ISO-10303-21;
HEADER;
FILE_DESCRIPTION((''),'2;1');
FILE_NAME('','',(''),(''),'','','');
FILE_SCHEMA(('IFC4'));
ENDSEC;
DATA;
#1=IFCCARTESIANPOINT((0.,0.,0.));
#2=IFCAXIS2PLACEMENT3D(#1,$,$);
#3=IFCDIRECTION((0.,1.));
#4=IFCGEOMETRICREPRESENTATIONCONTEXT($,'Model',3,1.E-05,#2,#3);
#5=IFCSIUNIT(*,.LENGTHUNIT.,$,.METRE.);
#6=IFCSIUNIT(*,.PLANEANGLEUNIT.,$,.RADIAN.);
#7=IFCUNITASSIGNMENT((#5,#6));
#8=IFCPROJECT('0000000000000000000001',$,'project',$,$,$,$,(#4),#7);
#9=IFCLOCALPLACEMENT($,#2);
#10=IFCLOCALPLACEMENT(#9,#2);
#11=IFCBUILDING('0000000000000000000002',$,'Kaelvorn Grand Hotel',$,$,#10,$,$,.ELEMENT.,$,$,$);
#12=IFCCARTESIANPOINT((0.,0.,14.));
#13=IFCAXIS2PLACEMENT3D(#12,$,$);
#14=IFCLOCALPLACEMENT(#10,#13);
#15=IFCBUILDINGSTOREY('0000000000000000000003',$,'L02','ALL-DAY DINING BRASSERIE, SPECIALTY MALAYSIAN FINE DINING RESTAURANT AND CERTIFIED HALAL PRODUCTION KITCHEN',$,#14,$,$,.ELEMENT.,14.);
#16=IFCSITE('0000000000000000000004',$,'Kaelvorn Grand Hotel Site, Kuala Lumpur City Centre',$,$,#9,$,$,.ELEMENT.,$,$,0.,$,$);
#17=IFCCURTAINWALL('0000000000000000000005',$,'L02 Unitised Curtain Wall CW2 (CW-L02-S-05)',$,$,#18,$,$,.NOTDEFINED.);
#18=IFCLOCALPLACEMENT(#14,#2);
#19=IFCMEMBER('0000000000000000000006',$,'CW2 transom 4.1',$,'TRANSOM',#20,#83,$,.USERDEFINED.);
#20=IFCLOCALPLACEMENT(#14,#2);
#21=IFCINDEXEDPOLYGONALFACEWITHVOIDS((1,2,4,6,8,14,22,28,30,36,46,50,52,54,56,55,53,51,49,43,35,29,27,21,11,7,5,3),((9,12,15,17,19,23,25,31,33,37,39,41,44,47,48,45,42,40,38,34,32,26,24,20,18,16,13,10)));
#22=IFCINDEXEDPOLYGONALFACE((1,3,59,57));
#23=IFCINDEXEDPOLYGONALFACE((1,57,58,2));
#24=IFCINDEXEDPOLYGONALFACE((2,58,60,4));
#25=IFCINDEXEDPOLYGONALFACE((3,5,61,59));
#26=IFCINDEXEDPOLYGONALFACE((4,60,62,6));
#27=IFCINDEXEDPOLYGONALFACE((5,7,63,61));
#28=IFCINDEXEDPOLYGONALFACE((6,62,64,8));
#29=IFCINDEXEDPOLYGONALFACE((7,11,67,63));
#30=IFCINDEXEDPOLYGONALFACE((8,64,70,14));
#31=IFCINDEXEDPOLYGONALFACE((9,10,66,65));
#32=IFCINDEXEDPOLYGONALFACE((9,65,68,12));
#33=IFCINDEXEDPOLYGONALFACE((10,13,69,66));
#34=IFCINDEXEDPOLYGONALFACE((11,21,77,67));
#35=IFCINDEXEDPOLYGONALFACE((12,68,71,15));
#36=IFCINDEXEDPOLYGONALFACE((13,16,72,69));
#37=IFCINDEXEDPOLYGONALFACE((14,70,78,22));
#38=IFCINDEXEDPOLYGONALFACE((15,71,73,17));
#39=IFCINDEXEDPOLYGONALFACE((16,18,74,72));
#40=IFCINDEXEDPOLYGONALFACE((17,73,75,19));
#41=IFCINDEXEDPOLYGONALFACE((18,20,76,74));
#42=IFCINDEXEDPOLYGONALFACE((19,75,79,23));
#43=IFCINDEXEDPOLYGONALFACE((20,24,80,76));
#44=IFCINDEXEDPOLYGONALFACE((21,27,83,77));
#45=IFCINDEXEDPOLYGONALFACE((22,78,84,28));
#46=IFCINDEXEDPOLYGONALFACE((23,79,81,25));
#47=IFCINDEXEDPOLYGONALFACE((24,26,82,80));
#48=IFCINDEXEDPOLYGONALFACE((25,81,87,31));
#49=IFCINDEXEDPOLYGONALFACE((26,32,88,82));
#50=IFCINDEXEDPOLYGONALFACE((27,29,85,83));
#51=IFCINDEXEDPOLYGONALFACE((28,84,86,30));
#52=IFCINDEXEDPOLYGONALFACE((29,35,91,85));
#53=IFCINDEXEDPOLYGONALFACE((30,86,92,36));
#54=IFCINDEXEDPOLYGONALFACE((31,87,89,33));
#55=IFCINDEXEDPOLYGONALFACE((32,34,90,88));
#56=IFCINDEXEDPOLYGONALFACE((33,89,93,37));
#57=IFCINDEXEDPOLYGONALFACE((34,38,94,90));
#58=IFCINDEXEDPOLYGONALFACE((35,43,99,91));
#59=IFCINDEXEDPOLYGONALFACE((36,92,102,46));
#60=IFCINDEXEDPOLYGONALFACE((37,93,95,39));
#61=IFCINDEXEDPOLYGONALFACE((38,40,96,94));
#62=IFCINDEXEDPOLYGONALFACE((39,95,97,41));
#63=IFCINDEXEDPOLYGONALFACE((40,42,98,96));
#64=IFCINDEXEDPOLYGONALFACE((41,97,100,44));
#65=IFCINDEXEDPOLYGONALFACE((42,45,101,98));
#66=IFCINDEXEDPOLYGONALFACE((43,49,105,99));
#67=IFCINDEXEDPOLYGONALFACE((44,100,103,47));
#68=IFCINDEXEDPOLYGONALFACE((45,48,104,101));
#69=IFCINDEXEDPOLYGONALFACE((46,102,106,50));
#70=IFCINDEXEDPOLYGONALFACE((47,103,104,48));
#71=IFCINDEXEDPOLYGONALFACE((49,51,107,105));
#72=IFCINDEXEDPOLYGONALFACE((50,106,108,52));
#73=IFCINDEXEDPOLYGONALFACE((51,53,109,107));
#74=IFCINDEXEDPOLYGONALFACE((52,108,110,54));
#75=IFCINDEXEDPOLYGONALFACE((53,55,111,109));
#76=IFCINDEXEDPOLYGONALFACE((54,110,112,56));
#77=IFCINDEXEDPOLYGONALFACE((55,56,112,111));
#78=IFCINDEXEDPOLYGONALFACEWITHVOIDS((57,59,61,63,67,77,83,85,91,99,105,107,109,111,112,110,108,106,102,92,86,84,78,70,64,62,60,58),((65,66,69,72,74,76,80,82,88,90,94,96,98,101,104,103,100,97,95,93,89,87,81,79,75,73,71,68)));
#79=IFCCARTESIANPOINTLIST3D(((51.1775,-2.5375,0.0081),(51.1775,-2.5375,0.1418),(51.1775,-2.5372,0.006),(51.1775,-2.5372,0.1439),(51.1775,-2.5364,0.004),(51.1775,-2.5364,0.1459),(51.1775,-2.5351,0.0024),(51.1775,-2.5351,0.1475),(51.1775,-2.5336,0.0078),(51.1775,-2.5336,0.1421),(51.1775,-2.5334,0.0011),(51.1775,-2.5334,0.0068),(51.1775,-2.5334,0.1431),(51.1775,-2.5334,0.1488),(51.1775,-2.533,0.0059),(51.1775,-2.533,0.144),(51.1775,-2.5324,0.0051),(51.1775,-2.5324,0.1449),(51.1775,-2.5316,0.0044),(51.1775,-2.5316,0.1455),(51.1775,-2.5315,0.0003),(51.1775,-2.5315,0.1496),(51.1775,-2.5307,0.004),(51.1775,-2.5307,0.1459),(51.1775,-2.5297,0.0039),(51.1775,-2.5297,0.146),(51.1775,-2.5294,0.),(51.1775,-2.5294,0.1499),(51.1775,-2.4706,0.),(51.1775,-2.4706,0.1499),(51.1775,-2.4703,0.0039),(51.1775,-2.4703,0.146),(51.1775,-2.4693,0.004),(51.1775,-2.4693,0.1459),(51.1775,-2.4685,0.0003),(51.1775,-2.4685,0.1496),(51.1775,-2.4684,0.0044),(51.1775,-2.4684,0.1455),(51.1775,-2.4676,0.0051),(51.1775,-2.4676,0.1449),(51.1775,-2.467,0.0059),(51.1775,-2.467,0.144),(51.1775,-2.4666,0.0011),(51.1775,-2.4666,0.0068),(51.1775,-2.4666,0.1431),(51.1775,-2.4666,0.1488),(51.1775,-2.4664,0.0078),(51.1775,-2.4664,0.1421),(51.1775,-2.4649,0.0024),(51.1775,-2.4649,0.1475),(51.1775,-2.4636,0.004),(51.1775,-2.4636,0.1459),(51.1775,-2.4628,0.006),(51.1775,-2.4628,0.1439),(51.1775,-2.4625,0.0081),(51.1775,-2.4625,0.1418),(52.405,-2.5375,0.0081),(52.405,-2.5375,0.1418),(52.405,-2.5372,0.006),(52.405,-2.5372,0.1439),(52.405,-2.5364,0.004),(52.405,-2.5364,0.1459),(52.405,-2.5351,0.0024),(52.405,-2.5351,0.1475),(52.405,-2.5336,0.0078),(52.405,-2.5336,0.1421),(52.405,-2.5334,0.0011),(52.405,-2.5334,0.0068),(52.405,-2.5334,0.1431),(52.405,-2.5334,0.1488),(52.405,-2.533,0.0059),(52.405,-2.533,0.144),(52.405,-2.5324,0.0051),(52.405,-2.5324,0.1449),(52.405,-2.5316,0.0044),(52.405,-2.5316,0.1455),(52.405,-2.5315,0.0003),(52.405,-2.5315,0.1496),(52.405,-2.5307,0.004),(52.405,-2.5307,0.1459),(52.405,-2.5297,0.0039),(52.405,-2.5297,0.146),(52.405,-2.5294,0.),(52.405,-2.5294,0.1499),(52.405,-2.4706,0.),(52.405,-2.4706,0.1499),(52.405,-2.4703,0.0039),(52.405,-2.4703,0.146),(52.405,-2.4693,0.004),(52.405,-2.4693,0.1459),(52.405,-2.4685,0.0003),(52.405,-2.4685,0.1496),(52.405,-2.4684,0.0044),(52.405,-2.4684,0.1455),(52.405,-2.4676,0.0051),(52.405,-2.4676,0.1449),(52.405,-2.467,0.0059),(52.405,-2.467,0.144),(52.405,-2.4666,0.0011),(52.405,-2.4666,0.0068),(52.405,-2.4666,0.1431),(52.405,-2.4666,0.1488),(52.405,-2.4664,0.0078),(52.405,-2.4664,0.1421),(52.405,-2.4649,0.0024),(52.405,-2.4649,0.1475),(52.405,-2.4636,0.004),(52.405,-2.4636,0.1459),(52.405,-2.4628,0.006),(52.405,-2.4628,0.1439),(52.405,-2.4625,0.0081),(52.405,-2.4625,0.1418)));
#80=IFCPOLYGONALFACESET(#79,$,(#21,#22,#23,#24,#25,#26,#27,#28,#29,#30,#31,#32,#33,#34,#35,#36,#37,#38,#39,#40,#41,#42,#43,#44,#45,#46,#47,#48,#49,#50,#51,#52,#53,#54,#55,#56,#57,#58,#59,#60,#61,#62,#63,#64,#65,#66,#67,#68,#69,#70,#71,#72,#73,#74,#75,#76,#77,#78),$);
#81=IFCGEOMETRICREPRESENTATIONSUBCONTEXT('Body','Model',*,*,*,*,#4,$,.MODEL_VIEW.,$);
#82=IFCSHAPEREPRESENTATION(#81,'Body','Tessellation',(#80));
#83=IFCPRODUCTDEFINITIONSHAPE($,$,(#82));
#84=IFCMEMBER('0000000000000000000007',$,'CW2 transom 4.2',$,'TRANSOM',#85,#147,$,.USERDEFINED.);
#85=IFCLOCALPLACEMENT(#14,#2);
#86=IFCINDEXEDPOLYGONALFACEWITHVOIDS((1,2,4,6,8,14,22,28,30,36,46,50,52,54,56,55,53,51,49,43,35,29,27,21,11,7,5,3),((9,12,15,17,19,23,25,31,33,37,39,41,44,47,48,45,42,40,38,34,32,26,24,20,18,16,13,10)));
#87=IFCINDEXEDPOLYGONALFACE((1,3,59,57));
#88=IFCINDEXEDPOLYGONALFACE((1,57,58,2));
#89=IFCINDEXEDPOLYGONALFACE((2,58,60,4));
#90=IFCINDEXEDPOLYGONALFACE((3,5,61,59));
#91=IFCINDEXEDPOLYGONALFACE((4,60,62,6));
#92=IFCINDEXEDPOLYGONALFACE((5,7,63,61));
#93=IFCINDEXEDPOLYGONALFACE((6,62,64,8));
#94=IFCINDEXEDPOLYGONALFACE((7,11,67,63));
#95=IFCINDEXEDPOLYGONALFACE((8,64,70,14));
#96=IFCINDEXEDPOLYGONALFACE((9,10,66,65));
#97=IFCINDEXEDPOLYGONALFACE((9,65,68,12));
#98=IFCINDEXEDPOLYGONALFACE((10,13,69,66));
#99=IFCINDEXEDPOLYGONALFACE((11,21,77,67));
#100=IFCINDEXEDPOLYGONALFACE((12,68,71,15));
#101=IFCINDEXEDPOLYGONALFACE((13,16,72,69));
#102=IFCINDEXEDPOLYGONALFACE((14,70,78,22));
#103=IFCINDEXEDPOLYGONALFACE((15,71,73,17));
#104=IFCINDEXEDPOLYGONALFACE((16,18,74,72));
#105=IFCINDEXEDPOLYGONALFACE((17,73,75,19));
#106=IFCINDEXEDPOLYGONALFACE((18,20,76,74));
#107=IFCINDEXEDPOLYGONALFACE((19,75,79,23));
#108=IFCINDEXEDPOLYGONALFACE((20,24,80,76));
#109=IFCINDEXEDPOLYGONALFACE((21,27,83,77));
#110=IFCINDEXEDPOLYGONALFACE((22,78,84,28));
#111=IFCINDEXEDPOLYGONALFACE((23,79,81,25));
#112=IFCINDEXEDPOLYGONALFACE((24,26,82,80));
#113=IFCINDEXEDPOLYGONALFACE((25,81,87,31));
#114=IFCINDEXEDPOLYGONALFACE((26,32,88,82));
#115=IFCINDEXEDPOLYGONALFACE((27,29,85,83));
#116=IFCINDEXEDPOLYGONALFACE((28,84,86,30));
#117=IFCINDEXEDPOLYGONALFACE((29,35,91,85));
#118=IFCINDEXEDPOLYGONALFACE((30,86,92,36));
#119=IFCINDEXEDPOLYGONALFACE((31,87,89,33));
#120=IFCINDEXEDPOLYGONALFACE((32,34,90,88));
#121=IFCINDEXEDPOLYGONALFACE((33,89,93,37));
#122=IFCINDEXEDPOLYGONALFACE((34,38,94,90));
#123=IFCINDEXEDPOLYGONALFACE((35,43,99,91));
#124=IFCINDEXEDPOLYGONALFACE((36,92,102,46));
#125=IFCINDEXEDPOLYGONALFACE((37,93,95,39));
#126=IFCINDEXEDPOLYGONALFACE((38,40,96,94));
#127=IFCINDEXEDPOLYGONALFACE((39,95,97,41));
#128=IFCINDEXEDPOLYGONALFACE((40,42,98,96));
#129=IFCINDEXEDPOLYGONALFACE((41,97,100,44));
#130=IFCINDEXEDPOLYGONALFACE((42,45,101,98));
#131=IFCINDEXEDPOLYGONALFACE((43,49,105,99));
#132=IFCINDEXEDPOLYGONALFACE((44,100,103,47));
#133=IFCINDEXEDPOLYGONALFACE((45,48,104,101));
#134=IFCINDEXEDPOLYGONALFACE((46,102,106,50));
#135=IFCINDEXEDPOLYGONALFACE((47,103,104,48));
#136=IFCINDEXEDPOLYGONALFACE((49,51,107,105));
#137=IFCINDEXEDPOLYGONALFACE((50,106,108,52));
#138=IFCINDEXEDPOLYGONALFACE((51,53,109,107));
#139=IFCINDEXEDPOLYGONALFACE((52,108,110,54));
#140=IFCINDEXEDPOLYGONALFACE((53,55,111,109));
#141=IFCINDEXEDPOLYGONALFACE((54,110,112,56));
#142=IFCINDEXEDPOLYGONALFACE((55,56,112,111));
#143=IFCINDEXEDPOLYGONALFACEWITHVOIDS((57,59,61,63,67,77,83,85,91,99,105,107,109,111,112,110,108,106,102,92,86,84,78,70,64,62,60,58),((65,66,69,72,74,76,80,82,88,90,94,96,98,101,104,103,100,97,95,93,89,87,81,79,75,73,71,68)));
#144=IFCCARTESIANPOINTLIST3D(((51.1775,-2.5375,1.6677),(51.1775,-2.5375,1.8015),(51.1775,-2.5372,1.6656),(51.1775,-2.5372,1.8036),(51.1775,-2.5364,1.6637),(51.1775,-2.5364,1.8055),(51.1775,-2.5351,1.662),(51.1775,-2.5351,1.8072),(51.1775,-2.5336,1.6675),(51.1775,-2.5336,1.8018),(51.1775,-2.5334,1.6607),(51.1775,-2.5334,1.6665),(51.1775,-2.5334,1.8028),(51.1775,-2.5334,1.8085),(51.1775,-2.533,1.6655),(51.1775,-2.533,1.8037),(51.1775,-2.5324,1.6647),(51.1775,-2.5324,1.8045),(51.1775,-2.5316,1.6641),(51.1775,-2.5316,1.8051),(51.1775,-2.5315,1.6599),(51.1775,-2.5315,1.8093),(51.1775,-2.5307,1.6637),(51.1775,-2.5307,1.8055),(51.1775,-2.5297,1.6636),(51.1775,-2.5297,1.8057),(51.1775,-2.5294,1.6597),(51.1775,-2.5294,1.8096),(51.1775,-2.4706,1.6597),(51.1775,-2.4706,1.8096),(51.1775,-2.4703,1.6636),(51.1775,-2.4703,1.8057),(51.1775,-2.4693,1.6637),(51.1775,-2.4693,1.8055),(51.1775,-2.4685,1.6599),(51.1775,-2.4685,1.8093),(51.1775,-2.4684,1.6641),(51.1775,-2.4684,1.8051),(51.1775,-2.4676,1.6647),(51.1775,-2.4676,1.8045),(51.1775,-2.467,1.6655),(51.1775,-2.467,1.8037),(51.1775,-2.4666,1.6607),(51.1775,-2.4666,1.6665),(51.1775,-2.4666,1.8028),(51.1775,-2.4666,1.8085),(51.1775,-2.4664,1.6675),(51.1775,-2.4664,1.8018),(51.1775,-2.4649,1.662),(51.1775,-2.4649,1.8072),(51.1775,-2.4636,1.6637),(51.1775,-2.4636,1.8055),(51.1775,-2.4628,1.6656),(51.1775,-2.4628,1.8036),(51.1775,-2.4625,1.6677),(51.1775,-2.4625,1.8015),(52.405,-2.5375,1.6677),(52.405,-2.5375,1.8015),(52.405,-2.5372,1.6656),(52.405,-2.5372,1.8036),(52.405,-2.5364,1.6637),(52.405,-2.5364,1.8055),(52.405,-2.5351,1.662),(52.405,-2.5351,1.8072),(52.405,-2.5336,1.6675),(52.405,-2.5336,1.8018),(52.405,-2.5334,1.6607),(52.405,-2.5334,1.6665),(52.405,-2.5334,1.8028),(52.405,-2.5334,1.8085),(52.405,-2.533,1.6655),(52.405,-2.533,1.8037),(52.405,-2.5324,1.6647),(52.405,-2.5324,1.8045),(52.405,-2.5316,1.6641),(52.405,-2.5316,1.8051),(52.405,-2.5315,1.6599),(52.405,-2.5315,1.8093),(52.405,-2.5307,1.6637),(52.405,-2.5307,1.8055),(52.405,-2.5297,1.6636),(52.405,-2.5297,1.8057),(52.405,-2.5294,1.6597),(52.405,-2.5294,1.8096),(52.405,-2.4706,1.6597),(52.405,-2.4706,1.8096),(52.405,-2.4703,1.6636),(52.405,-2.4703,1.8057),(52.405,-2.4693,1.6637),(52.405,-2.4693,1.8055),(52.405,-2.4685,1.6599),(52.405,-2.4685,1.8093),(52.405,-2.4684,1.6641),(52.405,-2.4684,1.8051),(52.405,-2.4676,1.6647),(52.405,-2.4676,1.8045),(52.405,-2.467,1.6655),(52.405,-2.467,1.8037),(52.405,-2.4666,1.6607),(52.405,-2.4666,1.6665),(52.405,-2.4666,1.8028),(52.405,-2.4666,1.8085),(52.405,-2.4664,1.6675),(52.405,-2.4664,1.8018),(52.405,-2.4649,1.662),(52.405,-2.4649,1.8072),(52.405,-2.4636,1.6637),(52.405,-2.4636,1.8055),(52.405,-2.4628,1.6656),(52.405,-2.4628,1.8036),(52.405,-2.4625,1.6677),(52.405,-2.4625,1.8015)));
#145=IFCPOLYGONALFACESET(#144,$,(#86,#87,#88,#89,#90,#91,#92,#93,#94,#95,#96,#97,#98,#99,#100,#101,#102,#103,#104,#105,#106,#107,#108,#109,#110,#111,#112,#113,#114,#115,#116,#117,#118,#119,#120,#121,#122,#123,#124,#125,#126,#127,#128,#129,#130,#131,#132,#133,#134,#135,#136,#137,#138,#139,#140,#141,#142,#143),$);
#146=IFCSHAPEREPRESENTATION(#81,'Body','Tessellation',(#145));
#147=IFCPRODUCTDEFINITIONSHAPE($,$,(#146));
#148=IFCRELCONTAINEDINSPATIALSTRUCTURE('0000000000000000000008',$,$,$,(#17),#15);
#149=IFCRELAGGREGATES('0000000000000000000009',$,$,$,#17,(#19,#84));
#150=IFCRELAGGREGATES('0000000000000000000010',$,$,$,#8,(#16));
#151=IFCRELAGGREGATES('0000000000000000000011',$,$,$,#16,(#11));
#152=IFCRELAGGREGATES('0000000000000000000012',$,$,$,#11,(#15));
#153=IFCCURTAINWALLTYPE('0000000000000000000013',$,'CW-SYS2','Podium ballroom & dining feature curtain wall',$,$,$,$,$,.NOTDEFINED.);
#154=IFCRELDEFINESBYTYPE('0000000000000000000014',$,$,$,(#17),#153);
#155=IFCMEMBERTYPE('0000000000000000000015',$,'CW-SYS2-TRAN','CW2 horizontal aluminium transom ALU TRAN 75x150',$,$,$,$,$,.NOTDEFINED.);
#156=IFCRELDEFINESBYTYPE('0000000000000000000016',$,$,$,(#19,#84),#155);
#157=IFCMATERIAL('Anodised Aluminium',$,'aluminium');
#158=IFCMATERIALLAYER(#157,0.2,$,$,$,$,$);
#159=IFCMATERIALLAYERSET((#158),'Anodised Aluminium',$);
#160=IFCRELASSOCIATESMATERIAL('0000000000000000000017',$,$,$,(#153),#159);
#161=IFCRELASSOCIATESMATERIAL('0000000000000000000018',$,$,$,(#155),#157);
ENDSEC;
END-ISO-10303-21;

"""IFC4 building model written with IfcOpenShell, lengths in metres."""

from ifc_helpers import new_model, si_unit, direction, frame, origin, origin_2d, place, context, subcontext, project, spatial, hollow_rectangle, extrude, material, layer, layer_set, material_profile, profile_set, type_object, element, aggregate, save


model = new_model("IFC4")

# Units and contexts
model_context = context("Model", 3, precision=1e-05, world=origin(), true_north=direction((0.0, 1.0)))
body_context = subcontext(model_context, "Body", "Model", "MODEL_VIEW")
ifc_project = project(units=[si_unit("LENGTHUNIT", "METRE"), si_unit("PLANEANGLEUNIT", "RADIAN")], contexts=[model_context])

# Site, building, storey
site_placement = place(None, origin())
site = spatial("IfcSite", under=ifc_project, at=site_placement, Name="Kaelvorn Grand Hotel Site, Kuala Lumpur City Centre", CompositionType="ELEMENT", RefElevation=0.0)
building_placement = place(site_placement, origin())
building = spatial("IfcBuilding", under=site, at=building_placement, Name="Kaelvorn Grand Hotel", CompositionType="ELEMENT")
storey_placement = place(building_placement, frame((0.0, 0.0, 14.0)))
storey = spatial("IfcBuildingStorey", under=building, at=storey_placement, Name="L02", Description="ALL-DAY DINING BRASSERIE, SPECIALTY MALAYSIAN FINE DINING RESTAURANT AND CERTIFIED HALAL PRODUCTION KITCHEN", CompositionType="ELEMENT", Elevation=14.0)

# Curtain wall
ifc_material_1 = material(Name="Anodised Aluminium", Category="aluminium")
ifc_layer_1 = layer(ifc_material_1, 0.2)
ifc_layer_set_1 = layer_set([ifc_layer_1], Name="Anodised Aluminium")
curtain_wall_type = type_object("IfcCurtainWallType", Name="CW-SYS2", Description="Podium ballroom & dining feature curtain wall", PredefinedType="NOTDEFINED", material=ifc_layer_set_1)
curtain_wall_1_placement = place(storey_placement, origin())
curtain_wall_1 = element("IfcCurtainWall", 1, at=curtain_wall_1_placement, inside=storey, type_object=curtain_wall_type, Name="L02 Unitised Curtain Wall CW2 (CW-L02-S-05)", PredefinedType="NOTDEFINED")

# Members
ifc_material_profile_1 = material_profile(ifc_material_1, hollow_rectangle(XDim=0.075, YDim=0.1499, WallThickness=0.0039, InnerFilletRadius=0.0039, OuterFilletRadius=0.0081, at=origin_2d()), Name="ALU TRAN 75x150")
ifc_profile_set_1 = profile_set([ifc_material_profile_1], Name="Anodised Aluminium")
member_type_1 = type_object("IfcMemberType", Name="CW-SYS2-TRAN", Description="CW2 horizontal aluminium transom ALU TRAN 75x150", PredefinedType="NOTDEFINED", material=ifc_profile_set_1)
member_1_placement = place(storey_placement, frame((51.1775, -2.5, 0.075), z_axis=(1.0, 0.0, 0.0), x_axis=(0.0, 1.0, 0.0)))
member_1 = element("IfcMember", 2, at=member_1_placement, type_object=member_type_1, Name="CW2 transom 4.1", ObjectType="TRANSOM", PredefinedType="USERDEFINED", context=body_context, shape_type="SweptSolid", body=[
    extrude(hollow_rectangle(XDim=0.075, YDim=0.1499, WallThickness=0.0039, InnerFilletRadius=0.0039, OuterFilletRadius=0.0081, at=origin_2d()), origin(), (0.0, 0.0, 1.0), 1.2275),
])
member_2_placement = place(storey_placement, frame((51.1775, -2.5, 1.7346), z_axis=(1.0, 0.0, 0.0), x_axis=(0.0, 1.0, 0.0)))
member_2 = element("IfcMember", 3, at=member_2_placement, type_object=member_type_1, Name="CW2 transom 4.2", ObjectType="TRANSOM", PredefinedType="USERDEFINED", context=body_context, shape_type="SweptSolid", body=[
    extrude(hollow_rectangle(XDim=0.075, YDim=0.1499, WallThickness=0.0039, InnerFilletRadius=0.0039, OuterFilletRadius=0.0081, at=origin_2d()), origin(), (0.0, 0.0, 1.0), 1.2275),
])

aggregate(curtain_wall_1, [member_1, member_2])

save(model, "model.ifc")
